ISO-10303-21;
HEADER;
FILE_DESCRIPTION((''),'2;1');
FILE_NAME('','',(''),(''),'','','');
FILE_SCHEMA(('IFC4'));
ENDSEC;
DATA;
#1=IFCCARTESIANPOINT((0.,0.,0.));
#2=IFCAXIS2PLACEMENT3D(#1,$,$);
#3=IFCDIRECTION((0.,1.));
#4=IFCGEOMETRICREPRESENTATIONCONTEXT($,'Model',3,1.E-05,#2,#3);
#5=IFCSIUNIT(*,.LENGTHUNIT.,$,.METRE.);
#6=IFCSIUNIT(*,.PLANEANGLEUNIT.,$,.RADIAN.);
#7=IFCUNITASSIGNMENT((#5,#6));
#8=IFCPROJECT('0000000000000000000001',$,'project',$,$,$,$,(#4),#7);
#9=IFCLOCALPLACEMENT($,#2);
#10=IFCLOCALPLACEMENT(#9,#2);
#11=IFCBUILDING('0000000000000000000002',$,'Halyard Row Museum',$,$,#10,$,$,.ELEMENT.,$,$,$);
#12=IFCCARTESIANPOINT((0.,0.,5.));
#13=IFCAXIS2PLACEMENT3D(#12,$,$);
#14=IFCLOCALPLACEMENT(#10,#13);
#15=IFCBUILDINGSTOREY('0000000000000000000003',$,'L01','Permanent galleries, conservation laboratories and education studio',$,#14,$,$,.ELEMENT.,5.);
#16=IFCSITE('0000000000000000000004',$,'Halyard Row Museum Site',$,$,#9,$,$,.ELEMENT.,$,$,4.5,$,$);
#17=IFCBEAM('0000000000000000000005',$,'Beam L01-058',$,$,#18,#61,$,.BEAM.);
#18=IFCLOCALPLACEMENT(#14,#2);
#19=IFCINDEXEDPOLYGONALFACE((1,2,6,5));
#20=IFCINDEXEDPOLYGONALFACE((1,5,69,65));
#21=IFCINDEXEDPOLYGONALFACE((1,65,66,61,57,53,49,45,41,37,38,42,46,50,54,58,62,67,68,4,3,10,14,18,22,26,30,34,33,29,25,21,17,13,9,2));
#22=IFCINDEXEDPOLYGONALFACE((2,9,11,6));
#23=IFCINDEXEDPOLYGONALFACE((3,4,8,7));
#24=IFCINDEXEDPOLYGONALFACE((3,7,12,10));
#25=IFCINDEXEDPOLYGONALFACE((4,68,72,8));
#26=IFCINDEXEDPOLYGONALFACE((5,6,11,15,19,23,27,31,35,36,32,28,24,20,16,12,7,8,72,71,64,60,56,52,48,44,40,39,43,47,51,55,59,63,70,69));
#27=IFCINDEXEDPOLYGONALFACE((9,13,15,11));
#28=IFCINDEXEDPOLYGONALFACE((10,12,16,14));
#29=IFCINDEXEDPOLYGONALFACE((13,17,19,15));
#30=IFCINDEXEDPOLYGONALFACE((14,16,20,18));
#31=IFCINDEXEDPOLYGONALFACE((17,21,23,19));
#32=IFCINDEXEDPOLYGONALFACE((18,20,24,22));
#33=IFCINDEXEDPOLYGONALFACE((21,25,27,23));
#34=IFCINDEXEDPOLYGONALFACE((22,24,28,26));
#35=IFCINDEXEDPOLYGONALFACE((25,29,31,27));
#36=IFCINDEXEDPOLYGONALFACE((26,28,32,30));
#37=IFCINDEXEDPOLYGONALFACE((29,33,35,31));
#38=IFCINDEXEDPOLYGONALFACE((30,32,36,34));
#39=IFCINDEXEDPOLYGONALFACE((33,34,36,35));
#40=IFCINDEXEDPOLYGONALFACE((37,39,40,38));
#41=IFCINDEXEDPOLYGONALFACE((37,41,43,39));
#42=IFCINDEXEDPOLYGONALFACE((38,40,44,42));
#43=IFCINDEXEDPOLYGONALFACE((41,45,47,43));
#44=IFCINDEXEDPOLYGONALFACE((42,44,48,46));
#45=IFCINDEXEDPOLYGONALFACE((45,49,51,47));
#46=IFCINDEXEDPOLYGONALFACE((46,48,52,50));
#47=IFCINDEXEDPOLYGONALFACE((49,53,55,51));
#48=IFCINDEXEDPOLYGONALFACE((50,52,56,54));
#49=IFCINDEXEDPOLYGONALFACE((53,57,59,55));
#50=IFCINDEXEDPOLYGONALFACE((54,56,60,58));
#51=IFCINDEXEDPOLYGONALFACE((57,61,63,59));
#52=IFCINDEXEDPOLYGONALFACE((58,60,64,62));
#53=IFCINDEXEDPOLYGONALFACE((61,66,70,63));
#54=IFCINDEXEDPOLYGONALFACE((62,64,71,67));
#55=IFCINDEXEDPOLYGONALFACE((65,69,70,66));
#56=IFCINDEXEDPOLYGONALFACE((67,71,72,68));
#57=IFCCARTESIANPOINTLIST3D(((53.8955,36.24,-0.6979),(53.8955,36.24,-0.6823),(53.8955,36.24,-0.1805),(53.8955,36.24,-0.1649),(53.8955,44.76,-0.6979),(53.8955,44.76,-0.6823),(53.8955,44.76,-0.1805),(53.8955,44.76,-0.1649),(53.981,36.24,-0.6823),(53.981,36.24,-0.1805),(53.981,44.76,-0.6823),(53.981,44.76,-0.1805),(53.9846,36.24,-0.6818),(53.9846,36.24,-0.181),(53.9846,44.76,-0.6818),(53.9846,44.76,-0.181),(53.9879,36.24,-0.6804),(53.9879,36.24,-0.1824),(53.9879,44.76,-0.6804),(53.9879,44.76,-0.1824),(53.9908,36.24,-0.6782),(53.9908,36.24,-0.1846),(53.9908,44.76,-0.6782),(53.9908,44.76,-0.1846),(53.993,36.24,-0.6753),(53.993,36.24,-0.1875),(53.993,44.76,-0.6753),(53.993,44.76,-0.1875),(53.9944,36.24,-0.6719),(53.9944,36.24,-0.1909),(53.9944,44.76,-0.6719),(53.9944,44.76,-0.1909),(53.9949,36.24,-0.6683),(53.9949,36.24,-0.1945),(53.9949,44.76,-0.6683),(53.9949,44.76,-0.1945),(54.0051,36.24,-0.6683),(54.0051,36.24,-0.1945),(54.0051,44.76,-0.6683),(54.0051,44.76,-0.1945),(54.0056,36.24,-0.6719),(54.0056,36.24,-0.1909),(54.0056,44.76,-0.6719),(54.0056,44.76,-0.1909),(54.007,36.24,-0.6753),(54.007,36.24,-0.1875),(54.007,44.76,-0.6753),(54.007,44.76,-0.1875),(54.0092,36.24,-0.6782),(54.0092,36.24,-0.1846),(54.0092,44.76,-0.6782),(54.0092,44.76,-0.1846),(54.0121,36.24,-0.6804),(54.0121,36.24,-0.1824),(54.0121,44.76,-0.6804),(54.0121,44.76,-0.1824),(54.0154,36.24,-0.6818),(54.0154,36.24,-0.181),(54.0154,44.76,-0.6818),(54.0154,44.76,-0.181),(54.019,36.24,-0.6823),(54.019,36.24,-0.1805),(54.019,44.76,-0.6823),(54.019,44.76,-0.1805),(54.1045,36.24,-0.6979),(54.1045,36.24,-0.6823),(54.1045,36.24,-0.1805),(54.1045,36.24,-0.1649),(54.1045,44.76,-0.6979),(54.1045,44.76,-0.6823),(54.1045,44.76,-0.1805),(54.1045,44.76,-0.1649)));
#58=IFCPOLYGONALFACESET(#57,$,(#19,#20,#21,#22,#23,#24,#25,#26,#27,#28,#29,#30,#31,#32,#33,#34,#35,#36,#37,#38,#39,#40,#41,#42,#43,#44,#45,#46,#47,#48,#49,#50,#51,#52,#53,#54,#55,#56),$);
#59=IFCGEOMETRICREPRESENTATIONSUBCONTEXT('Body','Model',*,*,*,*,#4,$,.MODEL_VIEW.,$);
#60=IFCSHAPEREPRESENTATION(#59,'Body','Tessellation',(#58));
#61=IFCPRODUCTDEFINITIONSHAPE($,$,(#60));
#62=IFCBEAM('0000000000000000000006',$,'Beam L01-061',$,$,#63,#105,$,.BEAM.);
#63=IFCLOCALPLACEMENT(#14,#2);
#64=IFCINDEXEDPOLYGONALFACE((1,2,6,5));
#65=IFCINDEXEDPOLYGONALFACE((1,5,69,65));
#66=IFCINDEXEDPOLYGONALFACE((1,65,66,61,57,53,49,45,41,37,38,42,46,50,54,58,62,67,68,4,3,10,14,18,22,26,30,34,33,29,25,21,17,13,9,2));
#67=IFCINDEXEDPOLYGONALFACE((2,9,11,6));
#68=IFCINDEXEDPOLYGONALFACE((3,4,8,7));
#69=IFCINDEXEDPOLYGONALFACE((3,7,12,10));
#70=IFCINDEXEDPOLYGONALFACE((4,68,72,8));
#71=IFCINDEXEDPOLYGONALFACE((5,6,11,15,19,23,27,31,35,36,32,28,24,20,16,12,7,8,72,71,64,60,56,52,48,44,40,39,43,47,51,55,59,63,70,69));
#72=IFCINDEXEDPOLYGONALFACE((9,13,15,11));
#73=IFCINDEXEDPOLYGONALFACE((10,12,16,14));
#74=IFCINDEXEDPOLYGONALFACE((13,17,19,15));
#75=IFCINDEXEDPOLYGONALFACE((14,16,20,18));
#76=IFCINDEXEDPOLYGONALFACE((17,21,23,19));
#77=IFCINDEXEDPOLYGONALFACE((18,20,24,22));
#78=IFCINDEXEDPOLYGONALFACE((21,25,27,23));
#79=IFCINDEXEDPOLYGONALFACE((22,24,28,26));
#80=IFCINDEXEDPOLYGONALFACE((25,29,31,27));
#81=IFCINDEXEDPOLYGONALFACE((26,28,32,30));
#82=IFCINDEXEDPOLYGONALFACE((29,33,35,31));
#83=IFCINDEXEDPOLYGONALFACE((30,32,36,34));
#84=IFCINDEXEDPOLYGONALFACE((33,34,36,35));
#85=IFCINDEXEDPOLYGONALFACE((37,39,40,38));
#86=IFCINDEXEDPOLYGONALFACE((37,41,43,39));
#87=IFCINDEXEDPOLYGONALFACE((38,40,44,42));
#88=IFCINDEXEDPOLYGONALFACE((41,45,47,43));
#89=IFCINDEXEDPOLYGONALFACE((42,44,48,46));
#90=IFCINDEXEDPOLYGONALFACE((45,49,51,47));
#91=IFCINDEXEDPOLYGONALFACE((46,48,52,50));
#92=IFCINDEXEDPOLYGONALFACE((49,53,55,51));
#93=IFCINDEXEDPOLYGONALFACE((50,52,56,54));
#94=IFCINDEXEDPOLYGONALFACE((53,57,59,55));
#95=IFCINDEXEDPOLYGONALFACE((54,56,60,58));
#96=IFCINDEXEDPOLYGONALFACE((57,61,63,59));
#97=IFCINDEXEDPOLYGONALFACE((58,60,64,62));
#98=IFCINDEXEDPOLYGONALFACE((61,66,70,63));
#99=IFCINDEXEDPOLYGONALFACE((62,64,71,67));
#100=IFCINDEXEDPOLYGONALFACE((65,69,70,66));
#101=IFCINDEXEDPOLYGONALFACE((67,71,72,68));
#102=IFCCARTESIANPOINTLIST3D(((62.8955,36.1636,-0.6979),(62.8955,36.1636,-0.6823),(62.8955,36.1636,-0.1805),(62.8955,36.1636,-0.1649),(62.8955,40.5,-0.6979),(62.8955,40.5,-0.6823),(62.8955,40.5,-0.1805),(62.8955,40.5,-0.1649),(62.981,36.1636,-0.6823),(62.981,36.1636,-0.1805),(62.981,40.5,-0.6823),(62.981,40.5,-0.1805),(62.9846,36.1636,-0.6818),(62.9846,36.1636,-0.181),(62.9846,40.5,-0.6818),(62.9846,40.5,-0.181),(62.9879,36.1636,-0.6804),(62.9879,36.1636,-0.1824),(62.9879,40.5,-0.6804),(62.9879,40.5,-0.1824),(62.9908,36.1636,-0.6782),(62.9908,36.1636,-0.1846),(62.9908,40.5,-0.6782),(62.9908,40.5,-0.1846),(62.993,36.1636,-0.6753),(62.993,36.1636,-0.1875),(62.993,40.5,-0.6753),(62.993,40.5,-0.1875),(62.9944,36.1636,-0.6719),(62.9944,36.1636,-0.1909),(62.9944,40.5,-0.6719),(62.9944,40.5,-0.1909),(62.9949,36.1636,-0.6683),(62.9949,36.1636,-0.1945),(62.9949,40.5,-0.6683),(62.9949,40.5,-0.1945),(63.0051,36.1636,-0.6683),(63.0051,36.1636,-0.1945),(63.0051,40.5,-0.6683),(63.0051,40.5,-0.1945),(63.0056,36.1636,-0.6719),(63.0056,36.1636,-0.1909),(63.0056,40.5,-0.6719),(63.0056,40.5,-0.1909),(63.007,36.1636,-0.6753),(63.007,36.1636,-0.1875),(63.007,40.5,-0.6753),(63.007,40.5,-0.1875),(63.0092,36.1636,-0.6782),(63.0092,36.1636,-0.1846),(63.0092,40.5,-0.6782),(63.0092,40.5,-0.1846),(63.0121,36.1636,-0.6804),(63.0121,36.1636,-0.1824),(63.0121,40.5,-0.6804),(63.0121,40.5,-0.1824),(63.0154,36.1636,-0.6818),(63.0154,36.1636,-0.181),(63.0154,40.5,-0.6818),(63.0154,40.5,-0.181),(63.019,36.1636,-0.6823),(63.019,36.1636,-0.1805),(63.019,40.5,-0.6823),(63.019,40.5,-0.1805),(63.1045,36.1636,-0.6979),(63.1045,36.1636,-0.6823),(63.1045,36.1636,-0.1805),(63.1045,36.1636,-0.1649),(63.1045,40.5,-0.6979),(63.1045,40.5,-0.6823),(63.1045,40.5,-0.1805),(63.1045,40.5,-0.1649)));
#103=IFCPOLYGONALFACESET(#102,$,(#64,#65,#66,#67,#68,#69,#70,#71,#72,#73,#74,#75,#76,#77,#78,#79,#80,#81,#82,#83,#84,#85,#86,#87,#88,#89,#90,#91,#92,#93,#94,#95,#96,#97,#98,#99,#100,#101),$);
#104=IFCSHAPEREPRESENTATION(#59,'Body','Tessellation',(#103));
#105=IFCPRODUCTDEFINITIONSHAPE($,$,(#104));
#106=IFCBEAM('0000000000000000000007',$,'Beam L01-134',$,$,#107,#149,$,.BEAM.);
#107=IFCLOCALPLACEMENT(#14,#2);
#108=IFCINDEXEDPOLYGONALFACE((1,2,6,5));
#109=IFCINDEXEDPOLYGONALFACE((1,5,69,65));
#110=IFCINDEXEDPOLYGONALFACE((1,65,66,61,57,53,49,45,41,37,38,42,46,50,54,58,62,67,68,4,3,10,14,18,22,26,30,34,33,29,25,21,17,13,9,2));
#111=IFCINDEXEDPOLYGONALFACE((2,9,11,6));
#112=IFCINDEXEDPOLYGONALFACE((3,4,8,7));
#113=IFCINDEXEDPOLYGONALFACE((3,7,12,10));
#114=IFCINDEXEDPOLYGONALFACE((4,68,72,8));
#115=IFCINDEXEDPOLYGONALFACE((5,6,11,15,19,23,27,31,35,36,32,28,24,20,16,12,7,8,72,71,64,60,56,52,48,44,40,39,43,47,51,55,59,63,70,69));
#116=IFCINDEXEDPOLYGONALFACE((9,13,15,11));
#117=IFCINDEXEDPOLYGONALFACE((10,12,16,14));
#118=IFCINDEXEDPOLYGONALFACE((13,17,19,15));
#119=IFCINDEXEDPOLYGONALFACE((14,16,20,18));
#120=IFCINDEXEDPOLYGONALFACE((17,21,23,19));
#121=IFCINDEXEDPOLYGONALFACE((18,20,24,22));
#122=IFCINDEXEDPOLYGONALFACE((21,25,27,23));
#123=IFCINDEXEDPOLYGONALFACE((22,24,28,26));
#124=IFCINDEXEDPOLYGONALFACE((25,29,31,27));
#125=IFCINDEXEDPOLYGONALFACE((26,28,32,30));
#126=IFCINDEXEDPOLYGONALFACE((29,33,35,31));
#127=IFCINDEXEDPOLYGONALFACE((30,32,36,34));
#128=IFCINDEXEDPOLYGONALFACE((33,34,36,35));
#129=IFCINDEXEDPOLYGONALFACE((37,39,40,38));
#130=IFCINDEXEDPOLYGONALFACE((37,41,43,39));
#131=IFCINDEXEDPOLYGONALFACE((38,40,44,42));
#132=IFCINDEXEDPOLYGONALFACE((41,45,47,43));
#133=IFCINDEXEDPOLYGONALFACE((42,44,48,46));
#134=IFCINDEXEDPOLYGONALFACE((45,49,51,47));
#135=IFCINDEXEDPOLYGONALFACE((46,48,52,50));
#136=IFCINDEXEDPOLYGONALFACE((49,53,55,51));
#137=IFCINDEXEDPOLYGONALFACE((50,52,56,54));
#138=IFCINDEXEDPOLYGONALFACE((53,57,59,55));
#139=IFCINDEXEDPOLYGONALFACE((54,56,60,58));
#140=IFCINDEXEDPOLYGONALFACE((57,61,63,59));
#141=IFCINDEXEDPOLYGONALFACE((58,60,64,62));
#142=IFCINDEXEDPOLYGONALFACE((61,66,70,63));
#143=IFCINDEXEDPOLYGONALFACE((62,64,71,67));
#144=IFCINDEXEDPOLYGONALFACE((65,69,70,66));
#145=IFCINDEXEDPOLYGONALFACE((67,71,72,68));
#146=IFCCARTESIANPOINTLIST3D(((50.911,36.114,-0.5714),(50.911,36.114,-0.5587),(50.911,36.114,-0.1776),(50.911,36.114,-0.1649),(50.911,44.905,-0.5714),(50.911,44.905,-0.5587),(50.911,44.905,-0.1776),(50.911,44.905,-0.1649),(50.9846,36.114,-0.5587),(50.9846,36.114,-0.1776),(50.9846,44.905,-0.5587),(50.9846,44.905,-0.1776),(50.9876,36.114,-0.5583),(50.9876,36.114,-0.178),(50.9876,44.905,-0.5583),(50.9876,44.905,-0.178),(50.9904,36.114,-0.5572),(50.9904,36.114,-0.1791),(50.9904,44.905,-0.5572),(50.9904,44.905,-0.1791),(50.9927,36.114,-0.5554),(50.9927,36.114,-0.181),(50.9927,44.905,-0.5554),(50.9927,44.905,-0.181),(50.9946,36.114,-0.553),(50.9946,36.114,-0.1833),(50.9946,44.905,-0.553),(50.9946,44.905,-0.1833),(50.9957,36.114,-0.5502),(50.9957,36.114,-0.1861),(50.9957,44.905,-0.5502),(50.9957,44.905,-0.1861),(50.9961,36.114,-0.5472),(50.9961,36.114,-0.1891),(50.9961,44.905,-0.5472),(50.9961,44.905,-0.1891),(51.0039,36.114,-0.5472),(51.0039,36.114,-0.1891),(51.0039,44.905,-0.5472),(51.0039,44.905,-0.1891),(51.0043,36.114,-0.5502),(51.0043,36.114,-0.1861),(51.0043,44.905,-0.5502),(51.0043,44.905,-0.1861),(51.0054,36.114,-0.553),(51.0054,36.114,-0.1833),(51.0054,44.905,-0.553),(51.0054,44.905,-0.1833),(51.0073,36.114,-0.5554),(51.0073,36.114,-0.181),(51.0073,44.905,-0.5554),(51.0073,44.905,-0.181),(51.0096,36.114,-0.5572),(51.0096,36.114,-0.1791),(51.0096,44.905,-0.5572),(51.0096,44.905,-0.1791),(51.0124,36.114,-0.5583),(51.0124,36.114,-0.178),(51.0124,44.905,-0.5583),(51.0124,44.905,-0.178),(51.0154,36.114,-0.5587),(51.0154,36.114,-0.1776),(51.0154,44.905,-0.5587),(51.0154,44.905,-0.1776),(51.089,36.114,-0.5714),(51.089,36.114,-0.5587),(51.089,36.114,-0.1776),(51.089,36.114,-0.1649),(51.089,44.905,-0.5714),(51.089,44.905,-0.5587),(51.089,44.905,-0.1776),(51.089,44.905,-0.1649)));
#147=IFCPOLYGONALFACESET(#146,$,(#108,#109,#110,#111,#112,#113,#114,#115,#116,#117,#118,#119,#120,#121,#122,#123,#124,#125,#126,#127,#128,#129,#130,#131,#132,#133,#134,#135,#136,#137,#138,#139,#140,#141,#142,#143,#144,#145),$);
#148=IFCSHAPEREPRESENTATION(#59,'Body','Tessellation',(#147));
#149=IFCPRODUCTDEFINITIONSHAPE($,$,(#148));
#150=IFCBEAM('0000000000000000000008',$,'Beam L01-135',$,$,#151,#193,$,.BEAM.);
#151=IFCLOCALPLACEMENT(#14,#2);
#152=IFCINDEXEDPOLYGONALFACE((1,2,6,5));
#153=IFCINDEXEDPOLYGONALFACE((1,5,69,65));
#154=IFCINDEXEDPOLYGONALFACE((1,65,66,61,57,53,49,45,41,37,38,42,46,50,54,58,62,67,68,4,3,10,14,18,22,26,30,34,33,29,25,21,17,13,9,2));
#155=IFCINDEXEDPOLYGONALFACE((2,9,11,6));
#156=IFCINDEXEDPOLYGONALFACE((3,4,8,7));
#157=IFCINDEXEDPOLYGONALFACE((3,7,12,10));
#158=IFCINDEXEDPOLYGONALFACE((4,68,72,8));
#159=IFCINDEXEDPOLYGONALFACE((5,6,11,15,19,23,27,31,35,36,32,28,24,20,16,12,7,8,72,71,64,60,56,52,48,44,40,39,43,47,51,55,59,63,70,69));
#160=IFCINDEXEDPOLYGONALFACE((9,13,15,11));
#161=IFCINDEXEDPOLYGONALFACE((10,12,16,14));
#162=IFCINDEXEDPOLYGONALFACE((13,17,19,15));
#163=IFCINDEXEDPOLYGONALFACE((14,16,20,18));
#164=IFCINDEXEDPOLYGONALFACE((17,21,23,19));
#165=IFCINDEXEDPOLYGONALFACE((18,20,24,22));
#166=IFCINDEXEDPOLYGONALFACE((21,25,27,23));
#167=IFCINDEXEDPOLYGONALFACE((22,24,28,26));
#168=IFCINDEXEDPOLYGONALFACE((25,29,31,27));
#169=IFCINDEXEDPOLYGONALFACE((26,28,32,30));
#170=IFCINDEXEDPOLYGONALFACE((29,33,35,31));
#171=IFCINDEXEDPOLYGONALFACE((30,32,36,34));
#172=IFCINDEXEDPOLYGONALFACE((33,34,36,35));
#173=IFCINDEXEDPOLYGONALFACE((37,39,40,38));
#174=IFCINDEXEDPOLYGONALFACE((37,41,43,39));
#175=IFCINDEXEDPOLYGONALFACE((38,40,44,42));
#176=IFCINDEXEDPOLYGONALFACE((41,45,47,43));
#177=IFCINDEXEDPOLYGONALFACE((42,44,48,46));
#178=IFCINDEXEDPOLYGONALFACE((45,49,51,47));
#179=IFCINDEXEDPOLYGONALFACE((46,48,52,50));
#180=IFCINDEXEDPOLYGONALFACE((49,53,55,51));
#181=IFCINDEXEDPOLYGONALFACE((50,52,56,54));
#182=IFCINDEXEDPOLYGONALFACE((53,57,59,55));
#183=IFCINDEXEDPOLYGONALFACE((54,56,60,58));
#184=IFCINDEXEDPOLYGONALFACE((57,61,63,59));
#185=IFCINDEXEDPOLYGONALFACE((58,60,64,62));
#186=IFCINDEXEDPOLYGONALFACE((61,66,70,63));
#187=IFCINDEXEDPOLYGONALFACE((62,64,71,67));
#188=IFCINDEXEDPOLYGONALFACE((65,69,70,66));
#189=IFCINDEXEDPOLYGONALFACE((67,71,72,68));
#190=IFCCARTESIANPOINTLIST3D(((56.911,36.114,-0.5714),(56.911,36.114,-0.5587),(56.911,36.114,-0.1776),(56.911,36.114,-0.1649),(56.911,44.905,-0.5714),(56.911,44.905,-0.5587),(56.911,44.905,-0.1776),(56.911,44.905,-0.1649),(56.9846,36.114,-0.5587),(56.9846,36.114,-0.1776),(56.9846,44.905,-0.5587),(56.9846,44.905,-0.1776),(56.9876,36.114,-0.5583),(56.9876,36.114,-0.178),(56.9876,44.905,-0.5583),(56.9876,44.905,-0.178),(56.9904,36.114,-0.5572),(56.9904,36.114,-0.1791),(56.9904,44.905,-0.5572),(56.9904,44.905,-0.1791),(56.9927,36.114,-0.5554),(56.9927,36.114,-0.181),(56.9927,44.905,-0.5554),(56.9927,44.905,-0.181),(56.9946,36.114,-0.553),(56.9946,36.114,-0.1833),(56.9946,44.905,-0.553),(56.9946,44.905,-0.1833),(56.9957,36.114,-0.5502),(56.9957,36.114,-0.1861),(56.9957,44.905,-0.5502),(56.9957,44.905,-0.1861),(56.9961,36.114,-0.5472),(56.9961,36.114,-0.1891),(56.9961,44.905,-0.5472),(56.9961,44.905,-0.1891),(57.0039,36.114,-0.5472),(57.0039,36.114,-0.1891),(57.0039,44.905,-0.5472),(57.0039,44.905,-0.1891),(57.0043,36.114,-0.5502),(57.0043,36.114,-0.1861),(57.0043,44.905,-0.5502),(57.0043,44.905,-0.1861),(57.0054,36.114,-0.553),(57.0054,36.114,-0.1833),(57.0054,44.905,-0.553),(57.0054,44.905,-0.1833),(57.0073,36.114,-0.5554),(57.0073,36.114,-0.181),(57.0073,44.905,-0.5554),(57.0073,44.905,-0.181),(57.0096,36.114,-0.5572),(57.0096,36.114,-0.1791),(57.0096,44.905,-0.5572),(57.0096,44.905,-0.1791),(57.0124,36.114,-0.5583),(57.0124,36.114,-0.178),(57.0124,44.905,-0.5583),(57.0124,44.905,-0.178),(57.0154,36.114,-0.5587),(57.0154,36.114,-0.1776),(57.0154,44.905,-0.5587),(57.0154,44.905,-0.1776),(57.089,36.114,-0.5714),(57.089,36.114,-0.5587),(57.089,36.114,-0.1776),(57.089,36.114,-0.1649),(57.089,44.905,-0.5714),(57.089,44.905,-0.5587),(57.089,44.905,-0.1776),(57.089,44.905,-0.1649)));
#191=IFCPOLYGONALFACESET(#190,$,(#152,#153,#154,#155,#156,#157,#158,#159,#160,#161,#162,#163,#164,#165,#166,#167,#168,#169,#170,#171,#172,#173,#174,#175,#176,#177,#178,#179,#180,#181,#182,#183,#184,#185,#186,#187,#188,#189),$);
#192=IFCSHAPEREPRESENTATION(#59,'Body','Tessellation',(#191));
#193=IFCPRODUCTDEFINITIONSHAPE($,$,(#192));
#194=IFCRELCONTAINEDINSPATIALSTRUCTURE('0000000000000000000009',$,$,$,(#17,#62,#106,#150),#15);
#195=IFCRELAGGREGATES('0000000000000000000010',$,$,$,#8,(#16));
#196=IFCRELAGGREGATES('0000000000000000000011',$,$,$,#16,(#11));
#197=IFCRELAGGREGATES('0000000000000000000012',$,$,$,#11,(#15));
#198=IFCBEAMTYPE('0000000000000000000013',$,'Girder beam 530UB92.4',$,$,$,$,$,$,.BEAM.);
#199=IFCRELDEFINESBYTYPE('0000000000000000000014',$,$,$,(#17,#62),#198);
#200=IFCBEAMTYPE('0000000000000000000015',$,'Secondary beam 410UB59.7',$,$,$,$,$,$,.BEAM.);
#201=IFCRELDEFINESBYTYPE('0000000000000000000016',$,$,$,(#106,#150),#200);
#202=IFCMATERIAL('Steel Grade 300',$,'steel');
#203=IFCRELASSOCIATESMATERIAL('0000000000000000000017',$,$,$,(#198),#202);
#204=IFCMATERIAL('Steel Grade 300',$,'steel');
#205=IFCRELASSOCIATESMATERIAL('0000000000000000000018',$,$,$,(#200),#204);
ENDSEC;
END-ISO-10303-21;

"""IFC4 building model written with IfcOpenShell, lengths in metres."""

from ifc_helpers import new_model, si_unit, direction, frame, origin, origin_2d, place, context, subcontext, project, spatial, i_section, extrude, material, material_profile, profile_set, type_object, element, save


model = new_model("IFC4")

# Units and contexts
model_context = context("Model", 3, precision=1e-05, world=origin(), true_north=direction((0.0, 1.0)))
body_context = subcontext(model_context, "Body", "Model", "MODEL_VIEW")
ifc_project = project(units=[si_unit("LENGTHUNIT", "METRE"), si_unit("PLANEANGLEUNIT", "RADIAN")], contexts=[model_context])

# Site, building, storey
site_placement = place(None, origin())
site = spatial("IfcSite", under=ifc_project, at=site_placement, Name="Halyard Row Museum Site", CompositionType="ELEMENT", RefElevation=4.5)
building_placement = place(site_placement, origin())
building = spatial("IfcBuilding", under=site, at=building_placement, Name="Halyard Row Museum", CompositionType="ELEMENT")
storey_placement = place(building_placement, frame((0.0, 0.0, 5.0)))
storey = spatial("IfcBuildingStorey", under=building, at=storey_placement, Name="L01", Description="Permanent galleries, conservation laboratories and education studio", CompositionType="ELEMENT", Elevation=5.0)

# Beams
ifc_material_1 = material(Name="Steel Grade 300", Category="steel")
ifc_material_profile_1 = material_profile(ifc_material_1, i_section(OverallWidth=0.209, OverallDepth=0.533, WebThickness=0.0103, FlangeThickness=0.0156, FilletRadius=0.0139, at=origin_2d()), Name="530UB92.4")
ifc_profile_set_1 = profile_set([ifc_material_profile_1], Name="Steel Grade 300")
beam_type_1 = type_object("IfcBeamType", Name="Girder beam 530UB92.4", PredefinedType="BEAM", material=ifc_profile_set_1)
beam_1_placement = place(storey_placement, frame((54.0, 36.24, -0.4314), z_axis=(0.0, 1.0, 0.0), x_axis=(-1.0, 0.0, 0.0)))
element("IfcBeam", 1, at=beam_1_placement, inside=storey, type_object=beam_type_1, Name="Beam L01-058", PredefinedType="BEAM", context=body_context, shape_type="SweptSolid", body=[
    extrude(i_section(OverallWidth=0.209, OverallDepth=0.533, WebThickness=0.0103, FlangeThickness=0.0156, FilletRadius=0.0139, at=origin_2d()), origin(), (0.0, 0.0, 1.0), 8.52),
])
beam_2_placement = place(storey_placement, frame((63.0, 36.1636, -0.4314), z_axis=(0.0, 1.0, 0.0), x_axis=(-1.0, 0.0, 0.0)))
element("IfcBeam", 2, at=beam_2_placement, inside=storey, type_object=beam_type_1, Name="Beam L01-061", PredefinedType="BEAM", context=body_context, shape_type="SweptSolid", body=[
    extrude(i_section(OverallWidth=0.209, OverallDepth=0.533, WebThickness=0.0103, FlangeThickness=0.0156, FilletRadius=0.0139, at=origin_2d()), origin(), (0.0, 0.0, 1.0), 4.3364),
])
ifc_material_2 = material(Name="Steel Grade 300", Category="steel")
ifc_material_profile_2 = material_profile(ifc_material_2, i_section(OverallWidth=0.178, OverallDepth=0.4065, WebThickness=0.0078, FlangeThickness=0.0127, FilletRadius=0.0115, at=origin_2d()), Name="410UB59.7")
ifc_profile_set_2 = profile_set([ifc_material_profile_2], Name="Steel Grade 300")
beam_type_2 = type_object("IfcBeamType", Name="Secondary beam 410UB59.7", PredefinedType="BEAM", material=ifc_profile_set_2)
for number, where, z_axis, x_axis, name in (
    (3, (51.0, 36.114, -0.3682), (0.0, 1.0, 0.0), (-1.0, 0.0, 0.0), "Beam L01-134"),
    (4, (57.0, 36.114, -0.3682), (0.0, 1.0, 0.0), (-1.0, 0.0, 0.0), "Beam L01-135"),
):
    element("IfcBeam", number, at=place(storey_placement, frame(where, z_axis=z_axis, x_axis=x_axis)), inside=storey, type_object=beam_type_2, Name=name, PredefinedType="BEAM", context=body_context, shape_type="SweptSolid", body=[
        extrude(i_section(OverallWidth=0.178, OverallDepth=0.4065, WebThickness=0.0078, FlangeThickness=0.0127, FilletRadius=0.0115, at=origin_2d()), origin(), (0.0, 0.0, 1.0), 8.791),
    ])

save(model, "model.ifc")
